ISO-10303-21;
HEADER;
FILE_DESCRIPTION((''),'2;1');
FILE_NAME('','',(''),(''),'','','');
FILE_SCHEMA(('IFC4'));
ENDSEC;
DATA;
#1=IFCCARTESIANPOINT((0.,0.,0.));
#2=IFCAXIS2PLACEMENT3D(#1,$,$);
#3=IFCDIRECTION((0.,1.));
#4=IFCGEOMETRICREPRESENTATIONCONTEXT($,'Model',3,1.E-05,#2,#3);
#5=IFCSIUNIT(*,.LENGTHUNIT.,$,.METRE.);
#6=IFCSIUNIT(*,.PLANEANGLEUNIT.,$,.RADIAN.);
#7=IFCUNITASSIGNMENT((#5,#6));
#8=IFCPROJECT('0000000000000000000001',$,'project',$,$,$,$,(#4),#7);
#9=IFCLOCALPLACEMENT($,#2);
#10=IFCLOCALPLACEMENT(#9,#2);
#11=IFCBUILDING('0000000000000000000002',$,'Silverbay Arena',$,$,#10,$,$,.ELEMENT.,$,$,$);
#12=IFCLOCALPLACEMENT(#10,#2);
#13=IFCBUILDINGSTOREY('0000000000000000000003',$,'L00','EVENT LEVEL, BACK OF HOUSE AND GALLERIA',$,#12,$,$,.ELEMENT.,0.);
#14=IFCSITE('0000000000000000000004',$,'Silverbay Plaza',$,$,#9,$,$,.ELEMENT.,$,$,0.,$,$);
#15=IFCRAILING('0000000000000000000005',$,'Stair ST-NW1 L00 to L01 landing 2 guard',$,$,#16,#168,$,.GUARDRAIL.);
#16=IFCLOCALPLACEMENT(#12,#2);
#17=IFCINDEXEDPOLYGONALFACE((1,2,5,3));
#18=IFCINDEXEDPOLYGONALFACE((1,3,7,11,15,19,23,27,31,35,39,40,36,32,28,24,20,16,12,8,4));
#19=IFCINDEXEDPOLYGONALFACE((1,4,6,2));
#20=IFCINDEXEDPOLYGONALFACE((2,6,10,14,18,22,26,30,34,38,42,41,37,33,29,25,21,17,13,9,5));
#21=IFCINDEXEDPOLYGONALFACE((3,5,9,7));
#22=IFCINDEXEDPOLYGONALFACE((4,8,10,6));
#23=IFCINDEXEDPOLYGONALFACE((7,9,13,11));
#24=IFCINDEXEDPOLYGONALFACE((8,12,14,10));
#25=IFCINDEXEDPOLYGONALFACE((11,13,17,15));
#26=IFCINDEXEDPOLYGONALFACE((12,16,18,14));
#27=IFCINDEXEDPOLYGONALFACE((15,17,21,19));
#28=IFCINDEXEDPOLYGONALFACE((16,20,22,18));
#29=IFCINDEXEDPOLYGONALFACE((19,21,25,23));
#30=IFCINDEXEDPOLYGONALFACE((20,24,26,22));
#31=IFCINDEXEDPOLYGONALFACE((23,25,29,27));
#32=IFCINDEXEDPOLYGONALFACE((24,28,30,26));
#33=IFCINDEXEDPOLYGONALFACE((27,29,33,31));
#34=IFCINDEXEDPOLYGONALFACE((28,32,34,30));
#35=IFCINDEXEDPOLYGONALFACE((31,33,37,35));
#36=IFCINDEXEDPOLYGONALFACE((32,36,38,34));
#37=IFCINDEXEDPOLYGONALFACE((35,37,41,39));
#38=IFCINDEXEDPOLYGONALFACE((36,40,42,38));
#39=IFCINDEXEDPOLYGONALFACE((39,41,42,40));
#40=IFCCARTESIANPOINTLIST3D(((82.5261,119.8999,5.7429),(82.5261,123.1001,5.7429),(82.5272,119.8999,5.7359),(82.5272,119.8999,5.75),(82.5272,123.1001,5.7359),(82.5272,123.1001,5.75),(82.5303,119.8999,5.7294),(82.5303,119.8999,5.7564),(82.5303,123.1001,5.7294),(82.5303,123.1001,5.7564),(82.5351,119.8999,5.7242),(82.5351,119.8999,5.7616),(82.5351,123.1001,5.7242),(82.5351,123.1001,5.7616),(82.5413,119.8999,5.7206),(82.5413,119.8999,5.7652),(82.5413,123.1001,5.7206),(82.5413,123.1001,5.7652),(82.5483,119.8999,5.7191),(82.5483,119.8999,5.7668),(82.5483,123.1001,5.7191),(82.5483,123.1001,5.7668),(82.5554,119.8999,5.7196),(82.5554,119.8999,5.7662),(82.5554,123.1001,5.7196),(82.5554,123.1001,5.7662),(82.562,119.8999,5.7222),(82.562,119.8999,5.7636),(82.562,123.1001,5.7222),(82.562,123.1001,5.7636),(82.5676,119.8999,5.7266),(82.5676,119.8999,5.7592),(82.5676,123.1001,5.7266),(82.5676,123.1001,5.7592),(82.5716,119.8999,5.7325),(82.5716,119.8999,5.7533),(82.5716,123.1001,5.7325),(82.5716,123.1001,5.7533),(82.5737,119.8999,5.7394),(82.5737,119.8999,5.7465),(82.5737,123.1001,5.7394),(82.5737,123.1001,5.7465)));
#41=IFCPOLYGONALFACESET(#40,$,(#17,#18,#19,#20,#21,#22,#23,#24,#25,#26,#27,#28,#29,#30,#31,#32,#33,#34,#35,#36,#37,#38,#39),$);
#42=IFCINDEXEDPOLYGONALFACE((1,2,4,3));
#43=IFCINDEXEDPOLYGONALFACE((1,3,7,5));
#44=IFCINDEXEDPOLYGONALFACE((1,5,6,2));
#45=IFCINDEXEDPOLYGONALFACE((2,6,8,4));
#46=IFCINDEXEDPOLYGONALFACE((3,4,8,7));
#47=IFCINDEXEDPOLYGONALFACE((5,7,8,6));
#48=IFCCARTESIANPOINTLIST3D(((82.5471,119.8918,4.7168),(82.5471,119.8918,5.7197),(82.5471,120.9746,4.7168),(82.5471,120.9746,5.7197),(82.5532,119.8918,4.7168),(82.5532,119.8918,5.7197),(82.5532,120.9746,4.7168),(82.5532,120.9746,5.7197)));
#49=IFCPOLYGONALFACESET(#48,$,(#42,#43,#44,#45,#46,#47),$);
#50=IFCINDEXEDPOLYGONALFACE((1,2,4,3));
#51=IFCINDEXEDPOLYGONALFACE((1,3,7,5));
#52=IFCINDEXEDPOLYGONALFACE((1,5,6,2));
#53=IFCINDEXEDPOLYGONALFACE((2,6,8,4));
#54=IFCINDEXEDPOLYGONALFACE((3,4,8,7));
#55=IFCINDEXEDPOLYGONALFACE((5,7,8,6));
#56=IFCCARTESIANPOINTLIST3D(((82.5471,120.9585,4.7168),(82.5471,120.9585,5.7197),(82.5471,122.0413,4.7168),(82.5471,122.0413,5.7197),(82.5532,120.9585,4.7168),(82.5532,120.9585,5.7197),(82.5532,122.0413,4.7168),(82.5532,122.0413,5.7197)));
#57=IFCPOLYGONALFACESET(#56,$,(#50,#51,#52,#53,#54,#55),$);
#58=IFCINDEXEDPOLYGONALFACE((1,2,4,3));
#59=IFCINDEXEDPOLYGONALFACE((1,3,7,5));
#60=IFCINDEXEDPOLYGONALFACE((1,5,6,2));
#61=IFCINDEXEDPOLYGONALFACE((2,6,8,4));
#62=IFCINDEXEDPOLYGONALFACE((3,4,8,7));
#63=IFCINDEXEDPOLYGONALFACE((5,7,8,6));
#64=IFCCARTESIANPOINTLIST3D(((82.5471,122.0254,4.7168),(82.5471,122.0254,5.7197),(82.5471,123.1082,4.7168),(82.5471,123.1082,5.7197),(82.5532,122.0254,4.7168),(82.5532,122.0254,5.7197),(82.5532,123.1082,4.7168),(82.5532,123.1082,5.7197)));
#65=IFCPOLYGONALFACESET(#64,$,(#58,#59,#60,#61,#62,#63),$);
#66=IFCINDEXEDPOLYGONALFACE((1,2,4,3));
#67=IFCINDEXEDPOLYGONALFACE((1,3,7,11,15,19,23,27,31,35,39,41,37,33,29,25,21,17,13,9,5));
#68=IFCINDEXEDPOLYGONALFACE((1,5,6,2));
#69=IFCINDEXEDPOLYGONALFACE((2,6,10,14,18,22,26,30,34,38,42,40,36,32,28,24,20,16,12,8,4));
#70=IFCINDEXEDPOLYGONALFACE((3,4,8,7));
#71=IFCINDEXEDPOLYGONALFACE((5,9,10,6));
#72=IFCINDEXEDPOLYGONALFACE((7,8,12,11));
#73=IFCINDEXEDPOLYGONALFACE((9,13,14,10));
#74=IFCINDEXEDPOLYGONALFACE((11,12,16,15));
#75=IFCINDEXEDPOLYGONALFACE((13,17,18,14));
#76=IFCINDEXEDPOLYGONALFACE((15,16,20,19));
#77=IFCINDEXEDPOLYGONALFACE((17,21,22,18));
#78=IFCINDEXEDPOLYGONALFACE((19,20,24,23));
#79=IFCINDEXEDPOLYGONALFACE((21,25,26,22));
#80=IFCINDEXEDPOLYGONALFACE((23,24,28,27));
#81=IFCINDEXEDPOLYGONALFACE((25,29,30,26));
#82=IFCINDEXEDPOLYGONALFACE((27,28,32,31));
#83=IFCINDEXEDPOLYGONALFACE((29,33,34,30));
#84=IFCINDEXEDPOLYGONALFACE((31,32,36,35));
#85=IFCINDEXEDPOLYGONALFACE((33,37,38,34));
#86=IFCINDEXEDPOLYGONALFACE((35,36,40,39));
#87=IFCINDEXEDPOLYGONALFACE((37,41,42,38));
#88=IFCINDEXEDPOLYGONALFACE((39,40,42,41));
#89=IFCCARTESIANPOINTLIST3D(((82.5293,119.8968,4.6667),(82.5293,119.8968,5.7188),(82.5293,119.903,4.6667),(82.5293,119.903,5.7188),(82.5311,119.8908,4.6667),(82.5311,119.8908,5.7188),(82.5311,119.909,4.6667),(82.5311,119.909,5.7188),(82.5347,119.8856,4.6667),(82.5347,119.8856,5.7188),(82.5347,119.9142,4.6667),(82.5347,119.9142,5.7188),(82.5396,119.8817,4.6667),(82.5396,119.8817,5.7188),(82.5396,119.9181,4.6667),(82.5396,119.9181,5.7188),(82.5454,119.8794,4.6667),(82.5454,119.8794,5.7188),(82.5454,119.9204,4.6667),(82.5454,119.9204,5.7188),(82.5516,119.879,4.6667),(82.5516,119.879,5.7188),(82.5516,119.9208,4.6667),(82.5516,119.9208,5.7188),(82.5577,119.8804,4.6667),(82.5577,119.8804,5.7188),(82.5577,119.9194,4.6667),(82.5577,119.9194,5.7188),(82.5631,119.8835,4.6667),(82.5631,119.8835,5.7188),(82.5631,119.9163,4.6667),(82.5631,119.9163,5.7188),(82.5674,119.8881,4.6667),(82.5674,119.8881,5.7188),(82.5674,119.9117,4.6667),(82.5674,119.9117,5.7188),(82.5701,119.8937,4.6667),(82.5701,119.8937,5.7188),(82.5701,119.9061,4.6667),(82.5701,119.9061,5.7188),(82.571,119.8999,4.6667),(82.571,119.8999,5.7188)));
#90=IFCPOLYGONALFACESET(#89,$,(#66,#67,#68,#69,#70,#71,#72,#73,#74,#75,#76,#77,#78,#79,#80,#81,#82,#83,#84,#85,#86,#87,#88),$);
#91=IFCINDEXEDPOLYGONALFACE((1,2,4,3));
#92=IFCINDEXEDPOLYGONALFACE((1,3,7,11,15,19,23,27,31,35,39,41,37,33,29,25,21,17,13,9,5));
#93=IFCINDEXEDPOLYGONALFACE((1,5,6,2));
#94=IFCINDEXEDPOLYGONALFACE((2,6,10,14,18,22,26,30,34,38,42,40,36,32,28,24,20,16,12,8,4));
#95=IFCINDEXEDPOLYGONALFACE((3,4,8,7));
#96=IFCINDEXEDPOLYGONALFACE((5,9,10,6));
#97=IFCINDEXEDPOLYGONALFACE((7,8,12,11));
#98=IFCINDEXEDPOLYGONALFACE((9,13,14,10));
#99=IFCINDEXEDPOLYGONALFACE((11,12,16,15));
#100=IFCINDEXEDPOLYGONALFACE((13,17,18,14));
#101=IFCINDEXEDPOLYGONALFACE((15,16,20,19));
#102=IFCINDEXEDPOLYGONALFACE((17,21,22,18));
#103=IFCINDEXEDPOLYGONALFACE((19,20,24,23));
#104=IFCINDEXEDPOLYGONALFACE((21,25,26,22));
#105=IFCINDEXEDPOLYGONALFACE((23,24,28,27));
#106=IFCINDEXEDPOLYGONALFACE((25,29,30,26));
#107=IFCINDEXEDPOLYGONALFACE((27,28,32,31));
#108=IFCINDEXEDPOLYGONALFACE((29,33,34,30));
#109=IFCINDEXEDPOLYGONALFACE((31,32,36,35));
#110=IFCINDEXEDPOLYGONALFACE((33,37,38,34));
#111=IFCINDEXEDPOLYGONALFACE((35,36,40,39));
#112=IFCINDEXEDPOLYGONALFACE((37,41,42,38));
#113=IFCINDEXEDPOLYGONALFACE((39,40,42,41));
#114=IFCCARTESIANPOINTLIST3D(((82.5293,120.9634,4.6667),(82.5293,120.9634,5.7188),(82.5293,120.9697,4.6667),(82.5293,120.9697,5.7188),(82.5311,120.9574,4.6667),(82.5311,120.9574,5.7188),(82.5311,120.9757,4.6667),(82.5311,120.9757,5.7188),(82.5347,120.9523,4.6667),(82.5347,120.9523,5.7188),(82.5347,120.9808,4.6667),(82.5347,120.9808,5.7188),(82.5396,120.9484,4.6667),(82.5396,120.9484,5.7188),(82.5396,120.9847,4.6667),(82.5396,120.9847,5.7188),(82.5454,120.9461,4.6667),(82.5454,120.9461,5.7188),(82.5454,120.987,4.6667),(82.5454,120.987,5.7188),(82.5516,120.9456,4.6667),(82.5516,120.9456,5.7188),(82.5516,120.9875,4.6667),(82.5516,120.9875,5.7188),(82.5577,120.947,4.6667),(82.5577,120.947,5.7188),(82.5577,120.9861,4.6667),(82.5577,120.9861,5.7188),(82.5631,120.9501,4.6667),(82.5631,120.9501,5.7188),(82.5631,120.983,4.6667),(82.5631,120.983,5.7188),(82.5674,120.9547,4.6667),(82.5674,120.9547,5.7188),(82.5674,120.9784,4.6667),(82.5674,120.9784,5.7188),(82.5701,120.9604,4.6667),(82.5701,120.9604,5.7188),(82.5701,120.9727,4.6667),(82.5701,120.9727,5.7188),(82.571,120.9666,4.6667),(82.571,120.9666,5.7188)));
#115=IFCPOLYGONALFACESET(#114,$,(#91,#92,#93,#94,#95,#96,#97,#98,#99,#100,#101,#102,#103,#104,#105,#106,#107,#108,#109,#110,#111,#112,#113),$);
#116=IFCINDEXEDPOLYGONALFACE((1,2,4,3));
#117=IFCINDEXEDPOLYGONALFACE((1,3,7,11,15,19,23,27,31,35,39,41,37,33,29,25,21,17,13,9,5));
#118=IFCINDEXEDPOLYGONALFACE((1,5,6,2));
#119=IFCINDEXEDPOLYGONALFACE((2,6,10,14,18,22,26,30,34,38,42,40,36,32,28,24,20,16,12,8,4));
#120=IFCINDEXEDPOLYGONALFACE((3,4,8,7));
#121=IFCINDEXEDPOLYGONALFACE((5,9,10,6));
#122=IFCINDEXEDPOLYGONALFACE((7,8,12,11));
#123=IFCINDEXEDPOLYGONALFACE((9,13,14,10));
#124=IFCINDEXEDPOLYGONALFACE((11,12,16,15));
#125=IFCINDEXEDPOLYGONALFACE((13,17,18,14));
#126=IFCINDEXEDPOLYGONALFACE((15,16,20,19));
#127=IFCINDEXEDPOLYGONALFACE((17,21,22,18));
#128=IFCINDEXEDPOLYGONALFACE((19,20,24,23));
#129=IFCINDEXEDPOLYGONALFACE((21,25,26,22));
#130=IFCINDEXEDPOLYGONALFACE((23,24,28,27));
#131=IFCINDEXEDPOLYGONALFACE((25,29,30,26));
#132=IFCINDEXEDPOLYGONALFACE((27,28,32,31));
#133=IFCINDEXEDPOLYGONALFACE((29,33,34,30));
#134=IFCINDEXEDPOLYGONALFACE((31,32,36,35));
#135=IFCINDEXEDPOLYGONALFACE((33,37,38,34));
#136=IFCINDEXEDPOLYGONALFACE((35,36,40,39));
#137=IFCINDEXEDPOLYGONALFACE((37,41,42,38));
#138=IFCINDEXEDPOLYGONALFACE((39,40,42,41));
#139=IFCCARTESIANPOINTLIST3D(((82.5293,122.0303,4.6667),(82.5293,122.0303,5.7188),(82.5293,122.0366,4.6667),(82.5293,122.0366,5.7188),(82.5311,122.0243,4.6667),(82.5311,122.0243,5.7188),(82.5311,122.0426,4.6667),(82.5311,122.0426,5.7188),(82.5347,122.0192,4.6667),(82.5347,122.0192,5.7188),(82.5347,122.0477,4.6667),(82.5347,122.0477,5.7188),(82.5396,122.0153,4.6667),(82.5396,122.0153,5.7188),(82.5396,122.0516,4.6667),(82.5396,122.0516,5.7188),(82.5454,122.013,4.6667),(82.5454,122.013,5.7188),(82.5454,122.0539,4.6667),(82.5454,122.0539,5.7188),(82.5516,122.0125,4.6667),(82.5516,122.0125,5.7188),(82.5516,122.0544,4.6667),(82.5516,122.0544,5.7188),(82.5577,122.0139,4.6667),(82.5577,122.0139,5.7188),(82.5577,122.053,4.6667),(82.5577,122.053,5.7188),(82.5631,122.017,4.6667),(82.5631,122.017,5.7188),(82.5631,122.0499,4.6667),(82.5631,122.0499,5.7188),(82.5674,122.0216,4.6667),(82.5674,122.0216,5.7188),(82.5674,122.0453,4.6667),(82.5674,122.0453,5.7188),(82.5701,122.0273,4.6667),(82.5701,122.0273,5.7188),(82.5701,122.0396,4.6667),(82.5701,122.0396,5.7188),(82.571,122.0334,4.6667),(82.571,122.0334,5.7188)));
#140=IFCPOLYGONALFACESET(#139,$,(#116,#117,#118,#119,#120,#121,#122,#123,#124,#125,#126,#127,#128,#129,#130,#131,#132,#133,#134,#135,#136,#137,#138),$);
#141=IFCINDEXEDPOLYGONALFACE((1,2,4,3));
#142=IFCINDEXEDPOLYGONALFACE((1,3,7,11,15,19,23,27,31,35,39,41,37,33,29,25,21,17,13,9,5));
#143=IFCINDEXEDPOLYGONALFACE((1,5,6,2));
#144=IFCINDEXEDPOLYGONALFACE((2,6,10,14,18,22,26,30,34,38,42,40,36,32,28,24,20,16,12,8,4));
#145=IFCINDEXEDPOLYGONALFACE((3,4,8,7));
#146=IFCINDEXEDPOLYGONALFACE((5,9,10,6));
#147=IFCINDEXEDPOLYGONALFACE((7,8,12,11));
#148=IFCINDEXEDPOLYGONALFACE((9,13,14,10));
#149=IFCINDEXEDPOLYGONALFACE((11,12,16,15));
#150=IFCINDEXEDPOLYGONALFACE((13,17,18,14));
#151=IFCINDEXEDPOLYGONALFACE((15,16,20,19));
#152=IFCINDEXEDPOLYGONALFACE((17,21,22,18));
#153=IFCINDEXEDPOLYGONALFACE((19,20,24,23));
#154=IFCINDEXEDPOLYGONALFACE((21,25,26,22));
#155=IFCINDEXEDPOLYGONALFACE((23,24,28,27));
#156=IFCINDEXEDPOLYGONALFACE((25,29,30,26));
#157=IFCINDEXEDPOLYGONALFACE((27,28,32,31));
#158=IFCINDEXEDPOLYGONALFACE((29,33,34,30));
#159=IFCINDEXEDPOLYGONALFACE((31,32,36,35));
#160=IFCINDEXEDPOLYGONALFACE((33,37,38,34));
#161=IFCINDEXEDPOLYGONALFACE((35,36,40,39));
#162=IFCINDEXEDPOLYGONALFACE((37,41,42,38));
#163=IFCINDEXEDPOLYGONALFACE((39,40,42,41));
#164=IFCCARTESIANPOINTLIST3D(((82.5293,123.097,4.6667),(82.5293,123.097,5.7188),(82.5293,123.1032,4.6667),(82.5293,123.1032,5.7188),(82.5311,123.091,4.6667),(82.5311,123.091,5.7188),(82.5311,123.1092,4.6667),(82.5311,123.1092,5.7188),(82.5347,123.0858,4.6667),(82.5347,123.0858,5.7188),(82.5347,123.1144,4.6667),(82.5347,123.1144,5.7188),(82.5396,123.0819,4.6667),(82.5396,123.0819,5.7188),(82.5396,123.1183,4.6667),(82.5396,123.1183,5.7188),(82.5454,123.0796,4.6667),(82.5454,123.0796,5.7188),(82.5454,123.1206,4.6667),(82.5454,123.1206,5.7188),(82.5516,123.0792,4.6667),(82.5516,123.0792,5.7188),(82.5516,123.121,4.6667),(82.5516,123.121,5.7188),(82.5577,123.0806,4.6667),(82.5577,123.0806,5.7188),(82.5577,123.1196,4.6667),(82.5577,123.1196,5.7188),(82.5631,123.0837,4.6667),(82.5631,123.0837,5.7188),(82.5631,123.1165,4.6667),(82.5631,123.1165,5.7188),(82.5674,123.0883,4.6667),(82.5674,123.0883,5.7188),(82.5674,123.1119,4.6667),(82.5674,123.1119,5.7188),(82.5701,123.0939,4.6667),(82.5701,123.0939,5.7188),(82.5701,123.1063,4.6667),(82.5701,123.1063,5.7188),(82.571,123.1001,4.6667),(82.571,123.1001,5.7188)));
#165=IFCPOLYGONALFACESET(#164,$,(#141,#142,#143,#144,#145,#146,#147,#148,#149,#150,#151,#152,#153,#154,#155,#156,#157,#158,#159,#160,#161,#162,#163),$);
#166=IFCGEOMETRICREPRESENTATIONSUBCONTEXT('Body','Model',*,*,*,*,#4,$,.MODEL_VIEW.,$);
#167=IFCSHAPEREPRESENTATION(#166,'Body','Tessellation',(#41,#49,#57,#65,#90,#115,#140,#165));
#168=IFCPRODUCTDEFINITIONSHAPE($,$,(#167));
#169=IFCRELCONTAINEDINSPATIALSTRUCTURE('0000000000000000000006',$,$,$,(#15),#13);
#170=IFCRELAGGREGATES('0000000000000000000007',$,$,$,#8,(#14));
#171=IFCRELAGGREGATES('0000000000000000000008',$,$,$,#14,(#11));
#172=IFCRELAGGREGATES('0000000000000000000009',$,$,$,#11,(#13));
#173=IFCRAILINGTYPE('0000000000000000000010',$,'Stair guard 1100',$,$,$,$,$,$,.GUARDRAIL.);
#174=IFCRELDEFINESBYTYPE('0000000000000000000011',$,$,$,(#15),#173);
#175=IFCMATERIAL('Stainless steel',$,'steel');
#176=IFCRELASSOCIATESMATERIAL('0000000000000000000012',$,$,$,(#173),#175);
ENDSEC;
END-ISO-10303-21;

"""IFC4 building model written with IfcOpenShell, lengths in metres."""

from ifc_helpers import new_model, si_unit, direction, frame, origin, origin_2d, place, context, subcontext, project, spatial, polyline, circle, outline, extrude, material, type_object, element, save


model = new_model("IFC4")

# Units and contexts
model_context = context("Model", 3, precision=1e-05, world=origin(), true_north=direction((0.0, 1.0)))
body_context = subcontext(model_context, "Body", "Model", "MODEL_VIEW")
ifc_project = project(units=[si_unit("LENGTHUNIT", "METRE"), si_unit("PLANEANGLEUNIT", "RADIAN")], contexts=[model_context])

# Site, building, storey
site_placement = place(None, origin())
site = spatial("IfcSite", under=ifc_project, at=site_placement, Name="Silverbay Plaza", CompositionType="ELEMENT", RefElevation=0.0)
building_placement = place(site_placement, origin())
building = spatial("IfcBuilding", under=site, at=building_placement, Name="Silverbay Arena", CompositionType="ELEMENT")
storey_placement = place(building_placement, origin())
storey = spatial("IfcBuildingStorey", under=building, at=storey_placement, Name="L00", Description="EVENT LEVEL, BACK OF HOUSE AND GALLERIA", CompositionType="ELEMENT", Elevation=0.0)

# Railing
ifc_material_1 = material(Name="Stainless steel", Category="steel")
railing_type_1 = type_object("IfcRailingType", Name="Stair guard 1100", PredefinedType="GUARDRAIL", material=ifc_material_1)
for number, where, name in (
    (1, (82.55, 119.8999, 4.6667), "Stair ST-NW1 L00 to L01 landing 2 guard"),
):
    element("IfcRailing", number, at=place(storey_placement, frame(where)), inside=storey, type_object=railing_type_1, Name=name, PredefinedType="GUARDRAIL", context=body_context, shape_type="SweptSolid", body=[
        extrude(circle(Radius=0.0239, at=origin_2d()), frame((0.0, 0.0, 1.0762), z_axis=(0.0, 1.0, 0.0), x_axis=(-1.0, 0.0, 0.0)), (0.0, 0.0, 1.0), 3.2002),
        extrude(outline(polyline([(-0.0081, 0.05), (1.0747, 0.05), (1.0747, 1.053), (-0.0081, 1.053), (-0.0081, 0.05)])), frame((-0.0029, 0.0, 0.0), z_axis=(1.0, 0.0, 0.0), x_axis=(0.0, 1.0, 0.0)), (0.0, 0.0, 1.0), 0.0061),
        extrude(outline(polyline([(-0.0081, 0.05), (1.0747, 0.05), (1.0747, 1.053), (-0.0081, 1.053), (-0.0081, 0.05)])), frame((-0.0029, 1.0667, 0.0), z_axis=(1.0, 0.0, 0.0), x_axis=(0.0, 1.0, 0.0)), (0.0, 0.0, 1.0), 0.0061),
        extrude(outline(polyline([(-0.0081, 0.05), (1.0747, 0.05), (1.0747, 1.053), (-0.0081, 1.053), (-0.0081, 0.05)])), frame((-0.0029, 2.1335, 0.0), z_axis=(1.0, 0.0, 0.0), x_axis=(0.0, 1.0, 0.0)), (0.0, 0.0, 1.0), 0.0061),
        extrude(circle(Radius=0.021, at=origin_2d()), origin(), (0.0, 0.0, 1.0), 1.052),
        extrude(circle(Radius=0.021, at=origin_2d()), frame((0.0, 1.0667, 0.0)), (0.0, 0.0, 1.0), 1.052),
        extrude(circle(Radius=0.021, at=origin_2d()), frame((0.0, 2.1335, 0.0)), (0.0, 0.0, 1.0), 1.052),
        extrude(circle(Radius=0.021, at=origin_2d()), frame((0.0, 3.2002, 0.0)), (0.0, 0.0, 1.0), 1.052),
    ])

save(model, "model.ifc")
